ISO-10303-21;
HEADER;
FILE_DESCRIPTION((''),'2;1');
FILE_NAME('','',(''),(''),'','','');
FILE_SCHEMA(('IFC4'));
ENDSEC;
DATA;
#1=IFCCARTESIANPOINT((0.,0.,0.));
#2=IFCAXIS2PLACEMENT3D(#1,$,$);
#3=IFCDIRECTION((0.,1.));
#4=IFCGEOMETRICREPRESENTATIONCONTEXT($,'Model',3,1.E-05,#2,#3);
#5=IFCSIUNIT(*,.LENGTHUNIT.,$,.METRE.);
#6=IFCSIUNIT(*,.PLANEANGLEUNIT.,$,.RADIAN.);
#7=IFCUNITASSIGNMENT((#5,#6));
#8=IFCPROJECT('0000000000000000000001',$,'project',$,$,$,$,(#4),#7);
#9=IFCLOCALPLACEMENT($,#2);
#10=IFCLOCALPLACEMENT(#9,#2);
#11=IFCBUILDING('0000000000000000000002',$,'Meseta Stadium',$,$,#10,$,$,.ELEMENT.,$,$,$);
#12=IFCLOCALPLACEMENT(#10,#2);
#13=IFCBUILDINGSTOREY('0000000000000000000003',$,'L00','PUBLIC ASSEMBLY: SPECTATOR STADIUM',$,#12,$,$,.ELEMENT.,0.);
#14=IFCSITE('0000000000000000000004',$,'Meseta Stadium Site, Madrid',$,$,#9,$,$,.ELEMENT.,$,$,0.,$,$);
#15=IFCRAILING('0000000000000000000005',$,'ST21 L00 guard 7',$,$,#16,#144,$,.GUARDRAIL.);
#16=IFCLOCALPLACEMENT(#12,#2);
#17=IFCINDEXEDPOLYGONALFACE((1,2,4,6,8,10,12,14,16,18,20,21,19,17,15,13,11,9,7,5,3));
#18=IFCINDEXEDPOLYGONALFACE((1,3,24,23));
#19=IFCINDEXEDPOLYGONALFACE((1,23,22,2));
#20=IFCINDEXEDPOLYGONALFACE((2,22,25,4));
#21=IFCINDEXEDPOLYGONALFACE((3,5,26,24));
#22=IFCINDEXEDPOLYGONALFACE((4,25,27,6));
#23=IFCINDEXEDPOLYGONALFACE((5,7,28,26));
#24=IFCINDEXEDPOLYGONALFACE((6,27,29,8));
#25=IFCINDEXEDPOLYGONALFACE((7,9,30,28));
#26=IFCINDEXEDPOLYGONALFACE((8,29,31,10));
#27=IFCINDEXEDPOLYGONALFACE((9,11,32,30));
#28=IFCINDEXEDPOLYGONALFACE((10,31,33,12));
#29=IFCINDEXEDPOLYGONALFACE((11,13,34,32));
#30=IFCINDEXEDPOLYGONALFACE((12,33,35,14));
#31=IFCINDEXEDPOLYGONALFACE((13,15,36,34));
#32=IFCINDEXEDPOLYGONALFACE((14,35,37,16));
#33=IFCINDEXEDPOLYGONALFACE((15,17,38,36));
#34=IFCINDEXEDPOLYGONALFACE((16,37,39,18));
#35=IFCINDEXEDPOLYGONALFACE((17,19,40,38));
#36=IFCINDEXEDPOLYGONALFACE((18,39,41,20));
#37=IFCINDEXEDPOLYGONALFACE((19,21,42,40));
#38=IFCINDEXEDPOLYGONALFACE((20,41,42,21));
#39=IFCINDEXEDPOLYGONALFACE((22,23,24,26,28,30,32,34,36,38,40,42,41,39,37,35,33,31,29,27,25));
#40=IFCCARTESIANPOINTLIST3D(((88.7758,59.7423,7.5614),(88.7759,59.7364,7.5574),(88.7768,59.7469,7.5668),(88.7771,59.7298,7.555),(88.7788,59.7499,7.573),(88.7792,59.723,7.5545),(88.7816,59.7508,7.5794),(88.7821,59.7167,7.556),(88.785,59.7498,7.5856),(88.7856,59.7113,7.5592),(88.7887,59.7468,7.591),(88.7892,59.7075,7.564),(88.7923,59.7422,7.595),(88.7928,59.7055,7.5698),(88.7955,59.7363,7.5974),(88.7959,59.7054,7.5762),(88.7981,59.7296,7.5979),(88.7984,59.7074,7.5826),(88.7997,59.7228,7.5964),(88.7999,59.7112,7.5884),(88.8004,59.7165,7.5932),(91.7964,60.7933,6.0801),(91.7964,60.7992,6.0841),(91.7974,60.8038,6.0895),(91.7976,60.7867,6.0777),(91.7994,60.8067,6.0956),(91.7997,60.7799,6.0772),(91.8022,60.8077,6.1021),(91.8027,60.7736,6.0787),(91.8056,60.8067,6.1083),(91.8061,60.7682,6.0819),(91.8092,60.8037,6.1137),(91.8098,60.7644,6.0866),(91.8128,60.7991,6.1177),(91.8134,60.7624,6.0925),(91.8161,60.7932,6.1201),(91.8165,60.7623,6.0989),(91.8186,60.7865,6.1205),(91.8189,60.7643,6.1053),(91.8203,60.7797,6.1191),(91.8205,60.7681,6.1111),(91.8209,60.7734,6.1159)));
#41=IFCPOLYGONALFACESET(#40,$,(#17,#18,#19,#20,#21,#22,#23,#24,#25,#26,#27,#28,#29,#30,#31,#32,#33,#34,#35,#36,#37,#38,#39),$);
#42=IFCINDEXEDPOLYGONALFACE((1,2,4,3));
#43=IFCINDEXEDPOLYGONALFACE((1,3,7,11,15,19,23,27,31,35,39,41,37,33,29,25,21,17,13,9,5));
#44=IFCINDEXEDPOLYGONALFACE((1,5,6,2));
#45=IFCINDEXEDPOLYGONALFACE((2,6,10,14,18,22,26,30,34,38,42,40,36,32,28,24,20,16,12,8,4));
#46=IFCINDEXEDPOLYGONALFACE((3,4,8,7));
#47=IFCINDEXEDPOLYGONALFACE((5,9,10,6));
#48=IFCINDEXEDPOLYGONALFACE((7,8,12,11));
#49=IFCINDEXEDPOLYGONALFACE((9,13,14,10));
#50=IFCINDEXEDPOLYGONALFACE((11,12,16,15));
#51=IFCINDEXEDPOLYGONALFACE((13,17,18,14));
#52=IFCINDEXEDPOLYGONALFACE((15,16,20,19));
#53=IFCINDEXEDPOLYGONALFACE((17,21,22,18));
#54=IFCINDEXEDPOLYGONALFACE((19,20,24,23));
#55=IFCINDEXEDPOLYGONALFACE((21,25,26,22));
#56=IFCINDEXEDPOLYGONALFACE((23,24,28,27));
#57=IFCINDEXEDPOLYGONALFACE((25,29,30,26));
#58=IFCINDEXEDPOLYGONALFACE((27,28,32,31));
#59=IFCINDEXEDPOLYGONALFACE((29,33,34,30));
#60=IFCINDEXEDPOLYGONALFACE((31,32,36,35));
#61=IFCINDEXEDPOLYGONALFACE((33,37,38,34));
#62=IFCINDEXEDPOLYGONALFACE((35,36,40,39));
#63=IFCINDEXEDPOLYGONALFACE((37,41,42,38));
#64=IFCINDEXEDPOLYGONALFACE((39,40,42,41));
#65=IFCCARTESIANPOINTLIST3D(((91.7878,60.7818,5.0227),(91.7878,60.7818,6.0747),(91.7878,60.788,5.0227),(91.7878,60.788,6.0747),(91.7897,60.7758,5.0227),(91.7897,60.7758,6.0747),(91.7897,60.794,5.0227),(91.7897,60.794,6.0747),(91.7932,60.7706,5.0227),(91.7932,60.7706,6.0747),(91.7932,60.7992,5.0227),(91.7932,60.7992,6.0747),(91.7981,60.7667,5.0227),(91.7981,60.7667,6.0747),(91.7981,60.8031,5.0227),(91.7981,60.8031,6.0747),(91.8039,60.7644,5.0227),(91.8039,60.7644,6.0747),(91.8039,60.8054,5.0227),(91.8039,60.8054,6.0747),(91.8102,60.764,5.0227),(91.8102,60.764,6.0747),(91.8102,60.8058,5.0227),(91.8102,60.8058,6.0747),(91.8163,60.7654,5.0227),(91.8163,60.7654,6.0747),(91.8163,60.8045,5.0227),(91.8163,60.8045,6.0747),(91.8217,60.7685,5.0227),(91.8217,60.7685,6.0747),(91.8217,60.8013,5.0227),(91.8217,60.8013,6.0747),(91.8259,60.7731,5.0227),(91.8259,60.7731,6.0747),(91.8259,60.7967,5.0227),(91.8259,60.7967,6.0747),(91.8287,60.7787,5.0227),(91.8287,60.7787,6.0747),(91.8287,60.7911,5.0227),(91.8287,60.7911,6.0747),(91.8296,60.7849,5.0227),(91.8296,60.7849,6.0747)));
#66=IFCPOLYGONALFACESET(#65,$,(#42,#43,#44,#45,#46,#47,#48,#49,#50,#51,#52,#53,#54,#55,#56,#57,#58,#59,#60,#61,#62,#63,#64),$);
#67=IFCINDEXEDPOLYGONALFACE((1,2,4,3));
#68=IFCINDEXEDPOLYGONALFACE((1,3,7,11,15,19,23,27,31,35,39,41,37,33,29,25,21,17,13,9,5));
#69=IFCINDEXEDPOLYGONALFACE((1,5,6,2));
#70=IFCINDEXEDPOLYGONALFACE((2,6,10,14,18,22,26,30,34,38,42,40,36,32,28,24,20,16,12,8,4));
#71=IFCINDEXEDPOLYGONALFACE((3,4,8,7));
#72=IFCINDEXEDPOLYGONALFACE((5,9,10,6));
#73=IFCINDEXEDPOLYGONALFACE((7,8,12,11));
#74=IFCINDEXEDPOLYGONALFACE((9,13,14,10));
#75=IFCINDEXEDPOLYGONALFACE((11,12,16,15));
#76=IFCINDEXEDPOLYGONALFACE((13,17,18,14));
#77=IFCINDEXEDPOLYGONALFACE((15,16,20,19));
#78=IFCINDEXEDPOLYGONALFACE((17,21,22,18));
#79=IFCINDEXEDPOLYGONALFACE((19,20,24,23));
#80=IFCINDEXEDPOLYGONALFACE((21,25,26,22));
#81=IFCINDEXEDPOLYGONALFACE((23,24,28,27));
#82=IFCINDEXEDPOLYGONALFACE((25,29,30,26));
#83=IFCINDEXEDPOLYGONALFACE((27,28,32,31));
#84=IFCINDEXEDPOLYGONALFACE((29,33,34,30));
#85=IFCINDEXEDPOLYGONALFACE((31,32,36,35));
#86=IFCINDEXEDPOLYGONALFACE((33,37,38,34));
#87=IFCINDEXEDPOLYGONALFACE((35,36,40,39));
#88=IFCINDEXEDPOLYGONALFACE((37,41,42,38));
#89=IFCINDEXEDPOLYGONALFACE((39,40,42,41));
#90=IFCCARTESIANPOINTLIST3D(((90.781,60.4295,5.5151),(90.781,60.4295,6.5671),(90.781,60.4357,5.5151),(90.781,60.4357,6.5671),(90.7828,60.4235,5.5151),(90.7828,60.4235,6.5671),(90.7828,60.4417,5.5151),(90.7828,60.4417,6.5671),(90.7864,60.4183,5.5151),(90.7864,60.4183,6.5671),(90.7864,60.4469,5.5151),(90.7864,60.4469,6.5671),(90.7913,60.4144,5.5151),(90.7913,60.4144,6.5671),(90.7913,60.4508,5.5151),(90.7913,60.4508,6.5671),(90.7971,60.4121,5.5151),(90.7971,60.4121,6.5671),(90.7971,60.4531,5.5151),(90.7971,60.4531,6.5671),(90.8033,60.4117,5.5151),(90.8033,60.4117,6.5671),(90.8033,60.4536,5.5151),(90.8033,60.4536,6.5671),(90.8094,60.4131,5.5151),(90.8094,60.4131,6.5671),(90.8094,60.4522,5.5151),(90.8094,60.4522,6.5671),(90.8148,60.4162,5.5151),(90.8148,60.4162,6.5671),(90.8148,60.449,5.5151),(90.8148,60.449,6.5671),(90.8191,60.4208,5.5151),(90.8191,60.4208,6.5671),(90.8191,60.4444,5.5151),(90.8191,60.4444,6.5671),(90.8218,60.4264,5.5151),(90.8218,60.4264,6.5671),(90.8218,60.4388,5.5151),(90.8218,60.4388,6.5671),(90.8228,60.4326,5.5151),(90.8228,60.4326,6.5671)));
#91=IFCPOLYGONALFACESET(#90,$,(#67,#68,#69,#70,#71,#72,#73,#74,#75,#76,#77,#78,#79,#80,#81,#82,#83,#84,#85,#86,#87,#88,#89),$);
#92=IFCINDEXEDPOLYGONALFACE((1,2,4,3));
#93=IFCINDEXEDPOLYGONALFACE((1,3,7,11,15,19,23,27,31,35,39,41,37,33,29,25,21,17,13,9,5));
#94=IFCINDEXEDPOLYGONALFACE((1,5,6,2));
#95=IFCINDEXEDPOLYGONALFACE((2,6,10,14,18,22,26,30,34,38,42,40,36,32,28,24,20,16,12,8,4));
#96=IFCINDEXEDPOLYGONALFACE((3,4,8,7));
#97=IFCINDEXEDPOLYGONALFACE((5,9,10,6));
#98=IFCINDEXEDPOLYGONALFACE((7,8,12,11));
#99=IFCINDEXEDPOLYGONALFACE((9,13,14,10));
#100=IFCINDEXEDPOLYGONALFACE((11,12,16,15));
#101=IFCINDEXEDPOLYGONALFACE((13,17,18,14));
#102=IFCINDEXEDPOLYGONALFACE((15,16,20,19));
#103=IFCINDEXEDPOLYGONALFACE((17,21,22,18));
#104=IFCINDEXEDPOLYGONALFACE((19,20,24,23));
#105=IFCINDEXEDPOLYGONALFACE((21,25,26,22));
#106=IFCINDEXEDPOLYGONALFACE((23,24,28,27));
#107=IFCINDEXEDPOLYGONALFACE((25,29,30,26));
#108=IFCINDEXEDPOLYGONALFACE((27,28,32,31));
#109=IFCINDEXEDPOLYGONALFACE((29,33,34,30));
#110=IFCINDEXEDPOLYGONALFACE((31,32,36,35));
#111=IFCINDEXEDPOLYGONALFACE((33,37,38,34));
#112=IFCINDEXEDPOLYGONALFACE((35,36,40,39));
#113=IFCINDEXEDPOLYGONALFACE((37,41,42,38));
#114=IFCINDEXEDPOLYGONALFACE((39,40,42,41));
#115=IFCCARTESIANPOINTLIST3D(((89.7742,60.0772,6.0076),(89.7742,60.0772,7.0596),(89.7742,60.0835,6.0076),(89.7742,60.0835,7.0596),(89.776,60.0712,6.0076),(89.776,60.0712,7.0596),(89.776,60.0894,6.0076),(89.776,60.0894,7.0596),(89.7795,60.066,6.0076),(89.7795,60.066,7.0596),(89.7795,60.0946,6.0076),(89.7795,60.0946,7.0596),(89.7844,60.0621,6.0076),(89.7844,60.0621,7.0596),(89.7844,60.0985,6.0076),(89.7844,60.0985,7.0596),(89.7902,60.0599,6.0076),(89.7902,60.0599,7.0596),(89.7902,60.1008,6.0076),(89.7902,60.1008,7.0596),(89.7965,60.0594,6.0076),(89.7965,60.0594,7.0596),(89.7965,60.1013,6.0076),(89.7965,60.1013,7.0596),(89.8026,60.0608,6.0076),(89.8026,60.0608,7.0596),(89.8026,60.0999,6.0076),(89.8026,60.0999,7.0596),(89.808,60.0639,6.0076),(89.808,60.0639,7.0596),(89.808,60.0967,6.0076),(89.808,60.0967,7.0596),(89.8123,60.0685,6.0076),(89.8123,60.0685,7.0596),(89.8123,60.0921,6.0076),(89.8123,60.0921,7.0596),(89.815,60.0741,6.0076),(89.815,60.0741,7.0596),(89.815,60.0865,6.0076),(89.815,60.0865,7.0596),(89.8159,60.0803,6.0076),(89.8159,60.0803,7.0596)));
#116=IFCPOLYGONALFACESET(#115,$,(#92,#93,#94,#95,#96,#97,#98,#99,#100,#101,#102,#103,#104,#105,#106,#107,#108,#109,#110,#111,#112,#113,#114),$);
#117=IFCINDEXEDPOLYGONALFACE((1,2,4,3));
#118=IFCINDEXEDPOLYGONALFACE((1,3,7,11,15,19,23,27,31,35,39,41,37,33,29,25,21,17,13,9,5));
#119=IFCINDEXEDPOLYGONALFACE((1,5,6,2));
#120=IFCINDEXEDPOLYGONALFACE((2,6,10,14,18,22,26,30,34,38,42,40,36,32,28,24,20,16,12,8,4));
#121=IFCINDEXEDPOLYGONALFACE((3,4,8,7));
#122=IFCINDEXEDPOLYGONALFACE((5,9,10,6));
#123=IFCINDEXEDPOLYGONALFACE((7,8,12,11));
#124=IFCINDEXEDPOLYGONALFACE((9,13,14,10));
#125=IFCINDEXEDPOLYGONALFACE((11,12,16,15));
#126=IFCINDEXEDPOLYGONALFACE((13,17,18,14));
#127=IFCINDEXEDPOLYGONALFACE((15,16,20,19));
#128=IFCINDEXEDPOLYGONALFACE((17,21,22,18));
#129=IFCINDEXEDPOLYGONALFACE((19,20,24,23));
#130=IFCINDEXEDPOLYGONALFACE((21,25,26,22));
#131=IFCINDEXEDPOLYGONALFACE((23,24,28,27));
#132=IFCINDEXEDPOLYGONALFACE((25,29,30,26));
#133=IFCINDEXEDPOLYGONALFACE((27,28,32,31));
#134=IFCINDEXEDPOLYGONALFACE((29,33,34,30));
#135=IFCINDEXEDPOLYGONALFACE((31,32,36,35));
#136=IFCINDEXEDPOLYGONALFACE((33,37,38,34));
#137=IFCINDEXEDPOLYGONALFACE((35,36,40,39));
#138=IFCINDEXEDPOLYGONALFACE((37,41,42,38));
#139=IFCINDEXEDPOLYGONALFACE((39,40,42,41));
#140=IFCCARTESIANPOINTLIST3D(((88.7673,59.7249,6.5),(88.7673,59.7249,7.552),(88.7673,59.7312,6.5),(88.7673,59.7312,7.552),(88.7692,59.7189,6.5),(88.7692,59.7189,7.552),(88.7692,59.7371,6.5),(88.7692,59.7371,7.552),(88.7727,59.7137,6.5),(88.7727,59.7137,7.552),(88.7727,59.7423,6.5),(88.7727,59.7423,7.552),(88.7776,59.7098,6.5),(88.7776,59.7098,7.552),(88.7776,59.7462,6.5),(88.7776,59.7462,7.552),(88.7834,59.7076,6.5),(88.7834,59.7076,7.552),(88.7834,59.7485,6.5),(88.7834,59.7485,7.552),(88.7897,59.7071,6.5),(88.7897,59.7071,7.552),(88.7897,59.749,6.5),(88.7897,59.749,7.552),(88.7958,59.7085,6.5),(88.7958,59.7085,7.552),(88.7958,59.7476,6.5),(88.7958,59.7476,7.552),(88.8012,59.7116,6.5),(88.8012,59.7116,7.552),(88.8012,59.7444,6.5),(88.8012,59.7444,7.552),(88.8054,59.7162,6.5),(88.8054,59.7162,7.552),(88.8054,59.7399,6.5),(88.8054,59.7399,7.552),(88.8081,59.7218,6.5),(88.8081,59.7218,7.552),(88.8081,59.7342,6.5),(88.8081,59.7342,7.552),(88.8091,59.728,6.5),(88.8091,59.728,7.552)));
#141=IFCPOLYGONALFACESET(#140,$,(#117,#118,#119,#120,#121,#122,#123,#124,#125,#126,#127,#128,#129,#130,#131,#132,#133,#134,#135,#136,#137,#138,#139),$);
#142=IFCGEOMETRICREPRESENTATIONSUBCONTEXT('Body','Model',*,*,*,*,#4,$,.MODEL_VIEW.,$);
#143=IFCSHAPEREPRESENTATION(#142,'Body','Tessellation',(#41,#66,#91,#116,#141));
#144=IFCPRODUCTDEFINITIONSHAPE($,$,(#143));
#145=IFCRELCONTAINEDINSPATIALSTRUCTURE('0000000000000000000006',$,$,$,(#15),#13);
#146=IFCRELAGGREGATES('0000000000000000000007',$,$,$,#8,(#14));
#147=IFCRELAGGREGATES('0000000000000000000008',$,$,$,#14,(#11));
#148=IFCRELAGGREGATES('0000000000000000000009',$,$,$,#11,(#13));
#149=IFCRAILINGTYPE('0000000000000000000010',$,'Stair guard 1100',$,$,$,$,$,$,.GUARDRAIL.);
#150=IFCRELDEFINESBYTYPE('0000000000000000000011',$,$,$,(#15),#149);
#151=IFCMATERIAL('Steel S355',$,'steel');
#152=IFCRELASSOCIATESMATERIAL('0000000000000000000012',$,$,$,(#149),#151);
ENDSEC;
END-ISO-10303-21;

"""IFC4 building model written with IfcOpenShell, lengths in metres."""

from ifc_helpers import new_model, si_unit, direction, frame, origin, origin_2d, place, context, subcontext, project, spatial, circle, extrude, material, type_object, element, save


model = new_model("IFC4")

# Units and contexts
model_context = context("Model", 3, precision=1e-05, world=origin(), true_north=direction((0.0, 1.0)))
body_context = subcontext(model_context, "Body", "Model", "MODEL_VIEW")
ifc_project = project(units=[si_unit("LENGTHUNIT", "METRE"), si_unit("PLANEANGLEUNIT", "RADIAN")], contexts=[model_context])

# Site, building, storey
site_placement = place(None, origin())
site = spatial("IfcSite", under=ifc_project, at=site_placement, Name="Meseta Stadium Site, Madrid", CompositionType="ELEMENT", RefElevation=0.0)
building_placement = place(site_placement, origin())
building = spatial("IfcBuilding", under=site, at=building_placement, Name="Meseta Stadium", CompositionType="ELEMENT")
storey_placement = place(building_placement, origin())
storey = spatial("IfcBuildingStorey", under=building, at=storey_placement, Name="L00", Description="PUBLIC ASSEMBLY: SPECTATOR STADIUM", CompositionType="ELEMENT", Elevation=0.0)

# Railing
ifc_material_1 = material(Name="Steel S355", Category="steel")
railing_type_1 = type_object("IfcRailingType", Name="Stair guard 1100", PredefinedType="GUARDRAIL", material=ifc_material_1)
railing_1_placement = place(storey_placement, frame((91.8086, 60.7849, 5.0227)))
element("IfcRailing", 1, at=railing_1_placement, inside=storey, type_object=railing_type_1, Name="ST21 L00 guard 7", PredefinedType="GUARDRAIL", context=body_context, shape_type="SweptSolid", body=[
    extrude(circle(Radius=0.0239, at=origin_2d()), frame((0.0, 0.0, 1.0762), z_axis=(-0.856977, -0.299859, 0.419137), x_axis=(0.330269, -0.943887, 0.0)), (0.0, 0.0, 1.0), 3.5247),
    extrude(circle(Radius=0.021, at=origin_2d()), origin(), (0.0, 0.0, 1.0), 1.052),
    extrude(circle(Radius=0.021, at=origin_2d()), frame((-1.0068, -0.3523, 0.4924)), (0.0, 0.0, 1.0), 1.052),
    extrude(circle(Radius=0.021, at=origin_2d()), frame((-2.0137, -0.7046, 0.9849)), (0.0, 0.0, 1.0), 1.052),
    extrude(circle(Radius=0.021, at=origin_2d()), frame((-3.0205, -1.0569, 1.4773)), (0.0, 0.0, 1.0), 1.052),
])

save(model, "model.ifc")
